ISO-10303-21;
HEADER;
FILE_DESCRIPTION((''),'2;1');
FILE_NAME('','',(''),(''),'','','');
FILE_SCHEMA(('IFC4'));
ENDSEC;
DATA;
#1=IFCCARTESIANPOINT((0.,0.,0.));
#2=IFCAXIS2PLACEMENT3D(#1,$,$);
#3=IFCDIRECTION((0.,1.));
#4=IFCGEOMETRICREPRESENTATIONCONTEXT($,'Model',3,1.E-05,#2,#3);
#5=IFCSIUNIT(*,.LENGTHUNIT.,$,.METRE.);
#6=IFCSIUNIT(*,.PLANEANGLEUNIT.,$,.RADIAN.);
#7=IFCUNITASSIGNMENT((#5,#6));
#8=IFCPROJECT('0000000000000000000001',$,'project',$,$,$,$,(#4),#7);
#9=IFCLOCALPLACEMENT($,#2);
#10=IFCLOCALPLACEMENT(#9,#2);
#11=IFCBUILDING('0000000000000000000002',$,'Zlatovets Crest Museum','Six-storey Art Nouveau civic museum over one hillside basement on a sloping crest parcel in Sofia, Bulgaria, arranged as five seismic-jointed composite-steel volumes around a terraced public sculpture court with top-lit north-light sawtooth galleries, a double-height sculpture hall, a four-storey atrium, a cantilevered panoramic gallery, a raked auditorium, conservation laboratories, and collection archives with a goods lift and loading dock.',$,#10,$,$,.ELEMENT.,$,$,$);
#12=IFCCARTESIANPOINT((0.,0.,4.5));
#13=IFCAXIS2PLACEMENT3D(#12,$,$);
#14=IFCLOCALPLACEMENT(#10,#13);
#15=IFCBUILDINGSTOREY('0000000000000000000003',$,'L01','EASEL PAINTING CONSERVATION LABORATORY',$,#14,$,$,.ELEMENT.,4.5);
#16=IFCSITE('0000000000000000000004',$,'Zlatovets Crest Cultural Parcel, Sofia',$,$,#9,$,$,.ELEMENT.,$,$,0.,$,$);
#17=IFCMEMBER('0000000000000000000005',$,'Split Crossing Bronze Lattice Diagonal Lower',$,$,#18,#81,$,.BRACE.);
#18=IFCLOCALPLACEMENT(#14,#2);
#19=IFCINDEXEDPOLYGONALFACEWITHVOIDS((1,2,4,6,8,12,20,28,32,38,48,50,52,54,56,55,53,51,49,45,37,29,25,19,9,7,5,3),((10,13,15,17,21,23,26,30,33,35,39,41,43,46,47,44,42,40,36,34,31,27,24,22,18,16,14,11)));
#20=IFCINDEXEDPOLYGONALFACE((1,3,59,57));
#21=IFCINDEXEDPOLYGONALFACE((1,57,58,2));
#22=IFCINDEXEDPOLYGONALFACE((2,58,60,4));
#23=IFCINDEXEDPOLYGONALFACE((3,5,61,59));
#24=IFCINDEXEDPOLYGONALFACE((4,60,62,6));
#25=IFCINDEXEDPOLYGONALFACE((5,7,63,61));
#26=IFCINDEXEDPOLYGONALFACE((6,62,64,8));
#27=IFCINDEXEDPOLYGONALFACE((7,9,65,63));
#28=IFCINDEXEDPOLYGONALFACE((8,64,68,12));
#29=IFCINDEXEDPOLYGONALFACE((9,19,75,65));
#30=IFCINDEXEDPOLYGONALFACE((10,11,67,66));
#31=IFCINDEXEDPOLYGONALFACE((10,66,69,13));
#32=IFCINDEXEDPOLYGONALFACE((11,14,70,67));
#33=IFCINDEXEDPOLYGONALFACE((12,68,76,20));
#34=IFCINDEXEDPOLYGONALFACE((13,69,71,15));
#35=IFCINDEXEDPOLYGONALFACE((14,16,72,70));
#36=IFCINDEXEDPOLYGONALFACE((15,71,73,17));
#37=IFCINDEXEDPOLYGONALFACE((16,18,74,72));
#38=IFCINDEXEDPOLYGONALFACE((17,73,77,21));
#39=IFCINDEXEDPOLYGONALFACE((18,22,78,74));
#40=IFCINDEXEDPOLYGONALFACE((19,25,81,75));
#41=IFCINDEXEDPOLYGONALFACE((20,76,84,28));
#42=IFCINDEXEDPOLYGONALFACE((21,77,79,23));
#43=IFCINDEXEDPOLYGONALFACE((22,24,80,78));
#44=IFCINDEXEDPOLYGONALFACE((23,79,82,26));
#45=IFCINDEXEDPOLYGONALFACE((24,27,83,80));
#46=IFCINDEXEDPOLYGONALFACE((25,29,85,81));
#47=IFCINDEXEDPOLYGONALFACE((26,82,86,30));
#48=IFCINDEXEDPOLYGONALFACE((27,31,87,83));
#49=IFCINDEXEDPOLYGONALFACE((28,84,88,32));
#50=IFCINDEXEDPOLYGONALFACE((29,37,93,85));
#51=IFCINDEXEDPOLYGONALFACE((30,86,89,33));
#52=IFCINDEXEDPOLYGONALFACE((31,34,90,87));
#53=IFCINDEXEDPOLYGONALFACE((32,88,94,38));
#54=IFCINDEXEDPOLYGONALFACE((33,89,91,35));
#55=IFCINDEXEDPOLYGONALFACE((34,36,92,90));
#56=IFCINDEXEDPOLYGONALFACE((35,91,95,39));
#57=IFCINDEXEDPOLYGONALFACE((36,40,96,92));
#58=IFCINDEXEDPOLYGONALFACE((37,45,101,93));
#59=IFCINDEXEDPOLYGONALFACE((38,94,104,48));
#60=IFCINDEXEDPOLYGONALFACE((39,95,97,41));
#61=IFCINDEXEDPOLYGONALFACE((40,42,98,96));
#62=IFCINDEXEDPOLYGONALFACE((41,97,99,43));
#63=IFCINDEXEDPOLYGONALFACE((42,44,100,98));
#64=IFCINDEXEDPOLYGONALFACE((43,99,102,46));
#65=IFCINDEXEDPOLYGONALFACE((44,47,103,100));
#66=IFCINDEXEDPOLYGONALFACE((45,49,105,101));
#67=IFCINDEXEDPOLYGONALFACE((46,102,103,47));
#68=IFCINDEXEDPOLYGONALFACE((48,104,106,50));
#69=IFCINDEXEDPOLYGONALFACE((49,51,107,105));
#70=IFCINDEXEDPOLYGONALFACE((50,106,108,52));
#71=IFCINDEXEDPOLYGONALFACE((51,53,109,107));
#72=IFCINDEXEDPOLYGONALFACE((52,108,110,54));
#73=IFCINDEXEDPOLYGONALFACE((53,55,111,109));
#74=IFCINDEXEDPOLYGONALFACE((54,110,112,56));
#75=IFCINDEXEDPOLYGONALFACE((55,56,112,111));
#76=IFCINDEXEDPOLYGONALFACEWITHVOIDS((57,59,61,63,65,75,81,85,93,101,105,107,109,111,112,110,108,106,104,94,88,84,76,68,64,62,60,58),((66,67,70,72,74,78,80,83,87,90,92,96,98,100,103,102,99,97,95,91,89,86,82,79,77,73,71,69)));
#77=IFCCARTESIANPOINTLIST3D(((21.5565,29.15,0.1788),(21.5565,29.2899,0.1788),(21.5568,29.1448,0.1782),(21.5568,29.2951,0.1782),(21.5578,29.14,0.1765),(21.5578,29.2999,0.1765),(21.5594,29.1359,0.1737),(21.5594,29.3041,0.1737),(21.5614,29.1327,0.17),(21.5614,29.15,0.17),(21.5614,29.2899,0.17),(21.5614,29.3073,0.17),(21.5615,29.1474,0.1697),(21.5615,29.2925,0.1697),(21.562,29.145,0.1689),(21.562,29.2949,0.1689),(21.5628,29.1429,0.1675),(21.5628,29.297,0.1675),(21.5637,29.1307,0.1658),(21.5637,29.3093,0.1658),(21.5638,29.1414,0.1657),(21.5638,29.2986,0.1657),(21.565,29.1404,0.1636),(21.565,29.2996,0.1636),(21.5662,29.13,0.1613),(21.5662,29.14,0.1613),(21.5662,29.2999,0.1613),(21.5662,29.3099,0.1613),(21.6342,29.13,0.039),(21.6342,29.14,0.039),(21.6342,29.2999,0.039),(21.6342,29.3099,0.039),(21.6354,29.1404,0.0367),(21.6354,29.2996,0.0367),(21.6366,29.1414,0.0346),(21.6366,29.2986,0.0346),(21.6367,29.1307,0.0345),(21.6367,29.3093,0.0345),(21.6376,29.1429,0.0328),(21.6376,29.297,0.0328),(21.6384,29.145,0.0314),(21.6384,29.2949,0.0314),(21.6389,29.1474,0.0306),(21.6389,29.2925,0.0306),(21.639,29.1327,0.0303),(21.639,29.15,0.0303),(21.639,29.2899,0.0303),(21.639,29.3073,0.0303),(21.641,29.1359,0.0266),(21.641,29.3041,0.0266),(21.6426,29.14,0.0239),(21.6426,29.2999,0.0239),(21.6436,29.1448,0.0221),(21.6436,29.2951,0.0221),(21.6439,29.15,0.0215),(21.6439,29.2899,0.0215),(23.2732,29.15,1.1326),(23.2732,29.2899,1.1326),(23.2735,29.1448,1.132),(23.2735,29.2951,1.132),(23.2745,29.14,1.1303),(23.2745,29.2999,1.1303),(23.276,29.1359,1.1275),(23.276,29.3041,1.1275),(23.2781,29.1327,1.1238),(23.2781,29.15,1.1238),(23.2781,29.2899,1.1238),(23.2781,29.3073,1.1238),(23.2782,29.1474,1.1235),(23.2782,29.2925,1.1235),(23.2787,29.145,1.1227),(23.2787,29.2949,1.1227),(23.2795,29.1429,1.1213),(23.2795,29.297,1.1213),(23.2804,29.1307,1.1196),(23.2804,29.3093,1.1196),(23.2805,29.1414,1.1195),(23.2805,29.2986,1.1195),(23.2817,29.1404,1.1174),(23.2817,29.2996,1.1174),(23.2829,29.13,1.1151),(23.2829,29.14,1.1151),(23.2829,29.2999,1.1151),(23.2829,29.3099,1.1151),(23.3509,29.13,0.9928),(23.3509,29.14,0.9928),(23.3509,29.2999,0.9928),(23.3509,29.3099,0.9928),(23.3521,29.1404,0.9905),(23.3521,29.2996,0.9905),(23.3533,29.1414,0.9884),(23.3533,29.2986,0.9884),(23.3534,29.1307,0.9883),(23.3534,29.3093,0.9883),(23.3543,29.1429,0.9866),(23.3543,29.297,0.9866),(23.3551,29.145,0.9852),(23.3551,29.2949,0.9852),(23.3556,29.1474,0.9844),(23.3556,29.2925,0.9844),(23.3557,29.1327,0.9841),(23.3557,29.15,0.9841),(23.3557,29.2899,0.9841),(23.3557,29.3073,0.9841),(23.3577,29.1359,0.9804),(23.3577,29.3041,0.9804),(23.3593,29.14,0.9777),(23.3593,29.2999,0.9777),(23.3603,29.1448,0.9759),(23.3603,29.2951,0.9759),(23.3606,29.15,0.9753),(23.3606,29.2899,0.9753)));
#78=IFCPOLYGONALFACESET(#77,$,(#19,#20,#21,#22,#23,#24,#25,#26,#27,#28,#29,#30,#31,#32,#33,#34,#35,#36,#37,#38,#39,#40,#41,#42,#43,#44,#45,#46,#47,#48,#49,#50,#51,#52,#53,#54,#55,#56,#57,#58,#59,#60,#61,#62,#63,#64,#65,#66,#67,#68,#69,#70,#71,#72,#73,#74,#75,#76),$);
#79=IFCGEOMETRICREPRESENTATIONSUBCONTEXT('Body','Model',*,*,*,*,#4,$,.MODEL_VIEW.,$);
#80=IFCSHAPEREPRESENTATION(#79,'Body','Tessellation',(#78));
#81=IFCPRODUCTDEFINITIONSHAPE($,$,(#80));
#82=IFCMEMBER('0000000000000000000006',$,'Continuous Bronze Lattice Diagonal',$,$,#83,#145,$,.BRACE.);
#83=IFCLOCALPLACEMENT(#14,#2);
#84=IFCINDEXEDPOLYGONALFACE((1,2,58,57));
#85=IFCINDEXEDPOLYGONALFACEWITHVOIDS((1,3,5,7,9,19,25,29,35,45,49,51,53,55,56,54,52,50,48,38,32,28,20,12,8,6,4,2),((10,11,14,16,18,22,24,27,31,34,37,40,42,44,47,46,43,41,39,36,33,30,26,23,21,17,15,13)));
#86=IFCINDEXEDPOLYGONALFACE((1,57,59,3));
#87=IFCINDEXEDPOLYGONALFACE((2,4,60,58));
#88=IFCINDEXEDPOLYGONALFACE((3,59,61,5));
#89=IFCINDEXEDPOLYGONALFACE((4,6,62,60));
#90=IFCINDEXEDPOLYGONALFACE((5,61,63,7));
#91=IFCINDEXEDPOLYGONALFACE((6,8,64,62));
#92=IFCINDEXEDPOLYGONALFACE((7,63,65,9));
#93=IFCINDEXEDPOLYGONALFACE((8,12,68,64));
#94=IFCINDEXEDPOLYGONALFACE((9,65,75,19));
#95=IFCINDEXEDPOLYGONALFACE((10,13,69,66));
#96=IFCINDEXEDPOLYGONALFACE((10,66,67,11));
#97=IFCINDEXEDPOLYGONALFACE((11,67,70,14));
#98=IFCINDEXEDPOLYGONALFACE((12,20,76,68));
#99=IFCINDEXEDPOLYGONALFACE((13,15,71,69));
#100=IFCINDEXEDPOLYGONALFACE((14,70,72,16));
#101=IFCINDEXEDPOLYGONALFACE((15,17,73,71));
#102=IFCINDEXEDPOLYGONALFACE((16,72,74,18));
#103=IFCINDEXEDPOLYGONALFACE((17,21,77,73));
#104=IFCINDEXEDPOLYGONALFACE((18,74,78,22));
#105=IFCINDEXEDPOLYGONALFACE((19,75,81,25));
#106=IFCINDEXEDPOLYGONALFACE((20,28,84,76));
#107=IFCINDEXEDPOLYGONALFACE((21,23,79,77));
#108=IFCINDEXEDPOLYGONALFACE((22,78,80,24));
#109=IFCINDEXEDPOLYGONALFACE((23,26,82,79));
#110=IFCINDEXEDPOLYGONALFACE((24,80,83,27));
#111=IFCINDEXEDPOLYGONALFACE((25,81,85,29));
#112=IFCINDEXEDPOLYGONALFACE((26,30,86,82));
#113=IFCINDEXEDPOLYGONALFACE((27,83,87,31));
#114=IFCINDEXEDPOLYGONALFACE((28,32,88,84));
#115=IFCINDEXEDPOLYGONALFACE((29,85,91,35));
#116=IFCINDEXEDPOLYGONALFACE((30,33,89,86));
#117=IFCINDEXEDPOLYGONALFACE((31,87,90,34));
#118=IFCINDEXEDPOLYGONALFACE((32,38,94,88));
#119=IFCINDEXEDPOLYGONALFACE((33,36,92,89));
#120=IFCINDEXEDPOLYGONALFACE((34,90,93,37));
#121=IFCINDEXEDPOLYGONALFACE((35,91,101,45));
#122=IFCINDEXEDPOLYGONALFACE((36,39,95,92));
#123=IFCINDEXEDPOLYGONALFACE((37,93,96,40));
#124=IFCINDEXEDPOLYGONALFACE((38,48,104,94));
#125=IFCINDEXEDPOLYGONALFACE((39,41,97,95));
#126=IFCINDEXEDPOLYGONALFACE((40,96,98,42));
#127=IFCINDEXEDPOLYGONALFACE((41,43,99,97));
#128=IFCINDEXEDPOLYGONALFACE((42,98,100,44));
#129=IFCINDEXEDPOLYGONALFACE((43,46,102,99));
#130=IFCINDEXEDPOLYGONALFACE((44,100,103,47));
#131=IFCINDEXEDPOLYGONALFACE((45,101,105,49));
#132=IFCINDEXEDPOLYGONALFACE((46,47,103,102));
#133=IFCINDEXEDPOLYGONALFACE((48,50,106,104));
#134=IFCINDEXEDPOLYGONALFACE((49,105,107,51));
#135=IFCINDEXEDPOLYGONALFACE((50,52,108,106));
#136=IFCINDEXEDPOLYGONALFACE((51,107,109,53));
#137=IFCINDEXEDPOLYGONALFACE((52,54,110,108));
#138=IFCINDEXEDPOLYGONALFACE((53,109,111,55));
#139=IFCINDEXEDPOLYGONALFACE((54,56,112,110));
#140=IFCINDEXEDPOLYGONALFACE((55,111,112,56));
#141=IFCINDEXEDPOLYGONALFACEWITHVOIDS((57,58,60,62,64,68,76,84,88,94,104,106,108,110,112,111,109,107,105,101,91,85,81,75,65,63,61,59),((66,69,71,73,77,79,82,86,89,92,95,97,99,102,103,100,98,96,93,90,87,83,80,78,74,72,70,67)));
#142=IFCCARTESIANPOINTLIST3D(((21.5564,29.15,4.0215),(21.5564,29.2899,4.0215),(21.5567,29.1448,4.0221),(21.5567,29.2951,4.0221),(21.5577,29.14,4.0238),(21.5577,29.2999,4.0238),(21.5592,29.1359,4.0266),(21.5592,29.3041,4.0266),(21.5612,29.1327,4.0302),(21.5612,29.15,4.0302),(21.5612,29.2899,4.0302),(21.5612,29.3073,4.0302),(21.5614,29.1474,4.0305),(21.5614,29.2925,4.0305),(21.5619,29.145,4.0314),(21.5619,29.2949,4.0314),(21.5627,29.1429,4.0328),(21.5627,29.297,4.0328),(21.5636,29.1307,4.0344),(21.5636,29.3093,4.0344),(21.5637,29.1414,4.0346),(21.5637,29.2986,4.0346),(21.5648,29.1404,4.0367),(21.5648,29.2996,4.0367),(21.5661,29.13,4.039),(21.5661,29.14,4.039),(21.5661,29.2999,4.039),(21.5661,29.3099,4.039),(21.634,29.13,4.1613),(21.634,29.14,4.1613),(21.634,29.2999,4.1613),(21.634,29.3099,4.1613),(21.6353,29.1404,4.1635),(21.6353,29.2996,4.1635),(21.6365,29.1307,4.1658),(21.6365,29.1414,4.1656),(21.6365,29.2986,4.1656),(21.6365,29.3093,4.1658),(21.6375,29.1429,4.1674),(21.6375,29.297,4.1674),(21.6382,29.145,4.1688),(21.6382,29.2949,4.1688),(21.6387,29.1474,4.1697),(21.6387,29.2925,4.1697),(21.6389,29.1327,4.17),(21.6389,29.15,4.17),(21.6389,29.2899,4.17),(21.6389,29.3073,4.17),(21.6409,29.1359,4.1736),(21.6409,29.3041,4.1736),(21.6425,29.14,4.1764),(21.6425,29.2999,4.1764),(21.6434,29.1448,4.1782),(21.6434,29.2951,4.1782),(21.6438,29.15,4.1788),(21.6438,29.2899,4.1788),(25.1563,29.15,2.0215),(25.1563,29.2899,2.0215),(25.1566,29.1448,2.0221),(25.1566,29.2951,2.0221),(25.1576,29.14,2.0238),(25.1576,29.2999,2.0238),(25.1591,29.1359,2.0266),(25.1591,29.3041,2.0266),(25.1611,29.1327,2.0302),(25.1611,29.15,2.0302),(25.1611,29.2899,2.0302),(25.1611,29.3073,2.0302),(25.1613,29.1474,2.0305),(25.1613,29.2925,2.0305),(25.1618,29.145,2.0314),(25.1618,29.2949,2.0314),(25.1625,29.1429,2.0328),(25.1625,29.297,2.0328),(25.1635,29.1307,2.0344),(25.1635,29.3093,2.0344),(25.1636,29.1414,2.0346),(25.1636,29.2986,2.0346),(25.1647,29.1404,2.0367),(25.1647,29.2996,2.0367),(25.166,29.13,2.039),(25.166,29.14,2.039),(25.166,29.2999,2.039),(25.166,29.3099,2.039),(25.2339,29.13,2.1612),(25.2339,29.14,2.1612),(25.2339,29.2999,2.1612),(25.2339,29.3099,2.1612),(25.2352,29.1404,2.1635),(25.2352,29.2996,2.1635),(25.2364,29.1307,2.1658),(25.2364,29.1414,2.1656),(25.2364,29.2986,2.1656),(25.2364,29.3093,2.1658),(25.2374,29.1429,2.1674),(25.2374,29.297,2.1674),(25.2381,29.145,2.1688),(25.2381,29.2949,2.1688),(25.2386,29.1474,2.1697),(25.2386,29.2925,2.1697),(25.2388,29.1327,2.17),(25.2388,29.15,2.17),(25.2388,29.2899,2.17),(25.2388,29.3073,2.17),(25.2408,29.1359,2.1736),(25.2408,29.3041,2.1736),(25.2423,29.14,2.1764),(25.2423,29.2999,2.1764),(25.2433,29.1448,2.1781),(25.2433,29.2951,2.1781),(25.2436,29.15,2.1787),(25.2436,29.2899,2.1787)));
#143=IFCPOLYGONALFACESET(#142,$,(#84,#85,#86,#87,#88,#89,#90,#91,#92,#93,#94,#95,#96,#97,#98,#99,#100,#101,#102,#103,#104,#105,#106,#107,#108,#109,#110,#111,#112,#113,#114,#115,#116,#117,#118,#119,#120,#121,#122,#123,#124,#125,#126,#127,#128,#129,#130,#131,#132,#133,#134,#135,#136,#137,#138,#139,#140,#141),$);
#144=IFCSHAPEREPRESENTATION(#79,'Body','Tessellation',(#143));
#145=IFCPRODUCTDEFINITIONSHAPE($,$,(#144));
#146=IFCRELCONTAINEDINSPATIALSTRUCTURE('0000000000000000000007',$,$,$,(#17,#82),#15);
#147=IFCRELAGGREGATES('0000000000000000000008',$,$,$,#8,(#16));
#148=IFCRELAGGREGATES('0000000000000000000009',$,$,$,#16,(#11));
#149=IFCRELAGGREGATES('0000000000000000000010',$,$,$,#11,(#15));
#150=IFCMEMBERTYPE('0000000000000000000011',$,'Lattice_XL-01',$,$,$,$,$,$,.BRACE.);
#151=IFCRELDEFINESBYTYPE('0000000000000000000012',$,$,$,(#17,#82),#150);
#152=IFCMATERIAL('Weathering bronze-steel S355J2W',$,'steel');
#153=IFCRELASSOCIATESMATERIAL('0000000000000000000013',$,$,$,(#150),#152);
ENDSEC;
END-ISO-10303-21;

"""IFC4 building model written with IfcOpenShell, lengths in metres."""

from ifc_helpers import new_model, si_unit, direction, frame, origin, origin_2d, place, context, subcontext, project, spatial, hollow_rectangle, extrude, material, material_profile, profile_set, type_object, element, save


model = new_model("IFC4")

# Units and contexts
model_context = context("Model", 3, precision=1e-05, world=origin(), true_north=direction((0.0, 1.0)))
body_context = subcontext(model_context, "Body", "Model", "MODEL_VIEW")
ifc_project = project(units=[si_unit("LENGTHUNIT", "METRE"), si_unit("PLANEANGLEUNIT", "RADIAN")], contexts=[model_context])

# Site, building, storey
site_placement = place(None, origin())
site = spatial("IfcSite", under=ifc_project, at=site_placement, Name="Zlatovets Crest Cultural Parcel, Sofia", CompositionType="ELEMENT", RefElevation=0.0)
building_placement = place(site_placement, origin())
building = spatial("IfcBuilding", under=site, at=building_placement, Name="Zlatovets Crest Museum", Description="Six-storey Art Nouveau civic museum over one hillside basement on a sloping crest parcel in Sofia, Bulgaria, arranged as five seismic-jointed composite-steel volumes around a terraced public sculpture court with top-lit north-light sawtooth galleries, a double-height sculpture hall, a four-storey atrium, a cantilevered panoramic gallery, a raked auditorium, conservation laboratories, and collection archives with a goods lift and loading dock.", CompositionType="ELEMENT")
storey_placement = place(building_placement, frame((0.0, 0.0, 4.5)))
storey = spatial("IfcBuildingStorey", under=building, at=storey_placement, Name="L01", Description="EASEL PAINTING CONSERVATION LABORATORY", CompositionType="ELEMENT", Elevation=4.5)

# Members
ifc_material_1 = material(Name="Weathering bronze-steel S355J2W", Category="steel")
ifc_material_profile_1 = material_profile(ifc_material_1, hollow_rectangle(XDim=0.1799, YDim=0.1799, WallThickness=0.01, InnerFilletRadius=0.01, OuterFilletRadius=0.02, at=origin_2d()), Name="SHS 180x180x10.0")
ifc_profile_set_1 = profile_set([ifc_material_profile_1], Name="Weathering bronze-steel S355J2W")
member_type_1 = type_object("IfcMemberType", Name="Lattice_XL-01", PredefinedType="BRACE", material=ifc_profile_set_1)
member_1_placement = place(storey_placement, frame((23.3169, 29.22, 1.054), z_axis=(-0.87414, 0.0, -0.485675), x_axis=(0.0, -1.0, 0.0)))
element("IfcMember", 1, at=member_1_placement, inside=storey, type_object=member_type_1, Name="Split Crossing Bronze Lattice Diagonal Lower", PredefinedType="BRACE", context=body_context, shape_type="SweptSolid", body=[
    extrude(hollow_rectangle(XDim=0.1799, YDim=0.1799, WallThickness=0.01, InnerFilletRadius=0.01, OuterFilletRadius=0.02, at=origin_2d()), origin(), (0.0, 0.0, 1.0), 1.9639),
])
member_2_placement = place(storey_placement, frame((25.2, 29.22, 2.1001), z_axis=(-0.874149, 0.0, 0.485658), x_axis=(0.0, -1.0, 0.0)))
element("IfcMember", 2, at=member_2_placement, inside=storey, type_object=member_type_1, Name="Continuous Bronze Lattice Diagonal", PredefinedType="BRACE", context=body_context, shape_type="SweptSolid", body=[
    extrude(hollow_rectangle(XDim=0.1799, YDim=0.1799, WallThickness=0.01, InnerFilletRadius=0.01, OuterFilletRadius=0.02, at=origin_2d()), origin(), (0.0, 0.0, 1.0), 4.1182),
])

save(model, "model.ifc")
